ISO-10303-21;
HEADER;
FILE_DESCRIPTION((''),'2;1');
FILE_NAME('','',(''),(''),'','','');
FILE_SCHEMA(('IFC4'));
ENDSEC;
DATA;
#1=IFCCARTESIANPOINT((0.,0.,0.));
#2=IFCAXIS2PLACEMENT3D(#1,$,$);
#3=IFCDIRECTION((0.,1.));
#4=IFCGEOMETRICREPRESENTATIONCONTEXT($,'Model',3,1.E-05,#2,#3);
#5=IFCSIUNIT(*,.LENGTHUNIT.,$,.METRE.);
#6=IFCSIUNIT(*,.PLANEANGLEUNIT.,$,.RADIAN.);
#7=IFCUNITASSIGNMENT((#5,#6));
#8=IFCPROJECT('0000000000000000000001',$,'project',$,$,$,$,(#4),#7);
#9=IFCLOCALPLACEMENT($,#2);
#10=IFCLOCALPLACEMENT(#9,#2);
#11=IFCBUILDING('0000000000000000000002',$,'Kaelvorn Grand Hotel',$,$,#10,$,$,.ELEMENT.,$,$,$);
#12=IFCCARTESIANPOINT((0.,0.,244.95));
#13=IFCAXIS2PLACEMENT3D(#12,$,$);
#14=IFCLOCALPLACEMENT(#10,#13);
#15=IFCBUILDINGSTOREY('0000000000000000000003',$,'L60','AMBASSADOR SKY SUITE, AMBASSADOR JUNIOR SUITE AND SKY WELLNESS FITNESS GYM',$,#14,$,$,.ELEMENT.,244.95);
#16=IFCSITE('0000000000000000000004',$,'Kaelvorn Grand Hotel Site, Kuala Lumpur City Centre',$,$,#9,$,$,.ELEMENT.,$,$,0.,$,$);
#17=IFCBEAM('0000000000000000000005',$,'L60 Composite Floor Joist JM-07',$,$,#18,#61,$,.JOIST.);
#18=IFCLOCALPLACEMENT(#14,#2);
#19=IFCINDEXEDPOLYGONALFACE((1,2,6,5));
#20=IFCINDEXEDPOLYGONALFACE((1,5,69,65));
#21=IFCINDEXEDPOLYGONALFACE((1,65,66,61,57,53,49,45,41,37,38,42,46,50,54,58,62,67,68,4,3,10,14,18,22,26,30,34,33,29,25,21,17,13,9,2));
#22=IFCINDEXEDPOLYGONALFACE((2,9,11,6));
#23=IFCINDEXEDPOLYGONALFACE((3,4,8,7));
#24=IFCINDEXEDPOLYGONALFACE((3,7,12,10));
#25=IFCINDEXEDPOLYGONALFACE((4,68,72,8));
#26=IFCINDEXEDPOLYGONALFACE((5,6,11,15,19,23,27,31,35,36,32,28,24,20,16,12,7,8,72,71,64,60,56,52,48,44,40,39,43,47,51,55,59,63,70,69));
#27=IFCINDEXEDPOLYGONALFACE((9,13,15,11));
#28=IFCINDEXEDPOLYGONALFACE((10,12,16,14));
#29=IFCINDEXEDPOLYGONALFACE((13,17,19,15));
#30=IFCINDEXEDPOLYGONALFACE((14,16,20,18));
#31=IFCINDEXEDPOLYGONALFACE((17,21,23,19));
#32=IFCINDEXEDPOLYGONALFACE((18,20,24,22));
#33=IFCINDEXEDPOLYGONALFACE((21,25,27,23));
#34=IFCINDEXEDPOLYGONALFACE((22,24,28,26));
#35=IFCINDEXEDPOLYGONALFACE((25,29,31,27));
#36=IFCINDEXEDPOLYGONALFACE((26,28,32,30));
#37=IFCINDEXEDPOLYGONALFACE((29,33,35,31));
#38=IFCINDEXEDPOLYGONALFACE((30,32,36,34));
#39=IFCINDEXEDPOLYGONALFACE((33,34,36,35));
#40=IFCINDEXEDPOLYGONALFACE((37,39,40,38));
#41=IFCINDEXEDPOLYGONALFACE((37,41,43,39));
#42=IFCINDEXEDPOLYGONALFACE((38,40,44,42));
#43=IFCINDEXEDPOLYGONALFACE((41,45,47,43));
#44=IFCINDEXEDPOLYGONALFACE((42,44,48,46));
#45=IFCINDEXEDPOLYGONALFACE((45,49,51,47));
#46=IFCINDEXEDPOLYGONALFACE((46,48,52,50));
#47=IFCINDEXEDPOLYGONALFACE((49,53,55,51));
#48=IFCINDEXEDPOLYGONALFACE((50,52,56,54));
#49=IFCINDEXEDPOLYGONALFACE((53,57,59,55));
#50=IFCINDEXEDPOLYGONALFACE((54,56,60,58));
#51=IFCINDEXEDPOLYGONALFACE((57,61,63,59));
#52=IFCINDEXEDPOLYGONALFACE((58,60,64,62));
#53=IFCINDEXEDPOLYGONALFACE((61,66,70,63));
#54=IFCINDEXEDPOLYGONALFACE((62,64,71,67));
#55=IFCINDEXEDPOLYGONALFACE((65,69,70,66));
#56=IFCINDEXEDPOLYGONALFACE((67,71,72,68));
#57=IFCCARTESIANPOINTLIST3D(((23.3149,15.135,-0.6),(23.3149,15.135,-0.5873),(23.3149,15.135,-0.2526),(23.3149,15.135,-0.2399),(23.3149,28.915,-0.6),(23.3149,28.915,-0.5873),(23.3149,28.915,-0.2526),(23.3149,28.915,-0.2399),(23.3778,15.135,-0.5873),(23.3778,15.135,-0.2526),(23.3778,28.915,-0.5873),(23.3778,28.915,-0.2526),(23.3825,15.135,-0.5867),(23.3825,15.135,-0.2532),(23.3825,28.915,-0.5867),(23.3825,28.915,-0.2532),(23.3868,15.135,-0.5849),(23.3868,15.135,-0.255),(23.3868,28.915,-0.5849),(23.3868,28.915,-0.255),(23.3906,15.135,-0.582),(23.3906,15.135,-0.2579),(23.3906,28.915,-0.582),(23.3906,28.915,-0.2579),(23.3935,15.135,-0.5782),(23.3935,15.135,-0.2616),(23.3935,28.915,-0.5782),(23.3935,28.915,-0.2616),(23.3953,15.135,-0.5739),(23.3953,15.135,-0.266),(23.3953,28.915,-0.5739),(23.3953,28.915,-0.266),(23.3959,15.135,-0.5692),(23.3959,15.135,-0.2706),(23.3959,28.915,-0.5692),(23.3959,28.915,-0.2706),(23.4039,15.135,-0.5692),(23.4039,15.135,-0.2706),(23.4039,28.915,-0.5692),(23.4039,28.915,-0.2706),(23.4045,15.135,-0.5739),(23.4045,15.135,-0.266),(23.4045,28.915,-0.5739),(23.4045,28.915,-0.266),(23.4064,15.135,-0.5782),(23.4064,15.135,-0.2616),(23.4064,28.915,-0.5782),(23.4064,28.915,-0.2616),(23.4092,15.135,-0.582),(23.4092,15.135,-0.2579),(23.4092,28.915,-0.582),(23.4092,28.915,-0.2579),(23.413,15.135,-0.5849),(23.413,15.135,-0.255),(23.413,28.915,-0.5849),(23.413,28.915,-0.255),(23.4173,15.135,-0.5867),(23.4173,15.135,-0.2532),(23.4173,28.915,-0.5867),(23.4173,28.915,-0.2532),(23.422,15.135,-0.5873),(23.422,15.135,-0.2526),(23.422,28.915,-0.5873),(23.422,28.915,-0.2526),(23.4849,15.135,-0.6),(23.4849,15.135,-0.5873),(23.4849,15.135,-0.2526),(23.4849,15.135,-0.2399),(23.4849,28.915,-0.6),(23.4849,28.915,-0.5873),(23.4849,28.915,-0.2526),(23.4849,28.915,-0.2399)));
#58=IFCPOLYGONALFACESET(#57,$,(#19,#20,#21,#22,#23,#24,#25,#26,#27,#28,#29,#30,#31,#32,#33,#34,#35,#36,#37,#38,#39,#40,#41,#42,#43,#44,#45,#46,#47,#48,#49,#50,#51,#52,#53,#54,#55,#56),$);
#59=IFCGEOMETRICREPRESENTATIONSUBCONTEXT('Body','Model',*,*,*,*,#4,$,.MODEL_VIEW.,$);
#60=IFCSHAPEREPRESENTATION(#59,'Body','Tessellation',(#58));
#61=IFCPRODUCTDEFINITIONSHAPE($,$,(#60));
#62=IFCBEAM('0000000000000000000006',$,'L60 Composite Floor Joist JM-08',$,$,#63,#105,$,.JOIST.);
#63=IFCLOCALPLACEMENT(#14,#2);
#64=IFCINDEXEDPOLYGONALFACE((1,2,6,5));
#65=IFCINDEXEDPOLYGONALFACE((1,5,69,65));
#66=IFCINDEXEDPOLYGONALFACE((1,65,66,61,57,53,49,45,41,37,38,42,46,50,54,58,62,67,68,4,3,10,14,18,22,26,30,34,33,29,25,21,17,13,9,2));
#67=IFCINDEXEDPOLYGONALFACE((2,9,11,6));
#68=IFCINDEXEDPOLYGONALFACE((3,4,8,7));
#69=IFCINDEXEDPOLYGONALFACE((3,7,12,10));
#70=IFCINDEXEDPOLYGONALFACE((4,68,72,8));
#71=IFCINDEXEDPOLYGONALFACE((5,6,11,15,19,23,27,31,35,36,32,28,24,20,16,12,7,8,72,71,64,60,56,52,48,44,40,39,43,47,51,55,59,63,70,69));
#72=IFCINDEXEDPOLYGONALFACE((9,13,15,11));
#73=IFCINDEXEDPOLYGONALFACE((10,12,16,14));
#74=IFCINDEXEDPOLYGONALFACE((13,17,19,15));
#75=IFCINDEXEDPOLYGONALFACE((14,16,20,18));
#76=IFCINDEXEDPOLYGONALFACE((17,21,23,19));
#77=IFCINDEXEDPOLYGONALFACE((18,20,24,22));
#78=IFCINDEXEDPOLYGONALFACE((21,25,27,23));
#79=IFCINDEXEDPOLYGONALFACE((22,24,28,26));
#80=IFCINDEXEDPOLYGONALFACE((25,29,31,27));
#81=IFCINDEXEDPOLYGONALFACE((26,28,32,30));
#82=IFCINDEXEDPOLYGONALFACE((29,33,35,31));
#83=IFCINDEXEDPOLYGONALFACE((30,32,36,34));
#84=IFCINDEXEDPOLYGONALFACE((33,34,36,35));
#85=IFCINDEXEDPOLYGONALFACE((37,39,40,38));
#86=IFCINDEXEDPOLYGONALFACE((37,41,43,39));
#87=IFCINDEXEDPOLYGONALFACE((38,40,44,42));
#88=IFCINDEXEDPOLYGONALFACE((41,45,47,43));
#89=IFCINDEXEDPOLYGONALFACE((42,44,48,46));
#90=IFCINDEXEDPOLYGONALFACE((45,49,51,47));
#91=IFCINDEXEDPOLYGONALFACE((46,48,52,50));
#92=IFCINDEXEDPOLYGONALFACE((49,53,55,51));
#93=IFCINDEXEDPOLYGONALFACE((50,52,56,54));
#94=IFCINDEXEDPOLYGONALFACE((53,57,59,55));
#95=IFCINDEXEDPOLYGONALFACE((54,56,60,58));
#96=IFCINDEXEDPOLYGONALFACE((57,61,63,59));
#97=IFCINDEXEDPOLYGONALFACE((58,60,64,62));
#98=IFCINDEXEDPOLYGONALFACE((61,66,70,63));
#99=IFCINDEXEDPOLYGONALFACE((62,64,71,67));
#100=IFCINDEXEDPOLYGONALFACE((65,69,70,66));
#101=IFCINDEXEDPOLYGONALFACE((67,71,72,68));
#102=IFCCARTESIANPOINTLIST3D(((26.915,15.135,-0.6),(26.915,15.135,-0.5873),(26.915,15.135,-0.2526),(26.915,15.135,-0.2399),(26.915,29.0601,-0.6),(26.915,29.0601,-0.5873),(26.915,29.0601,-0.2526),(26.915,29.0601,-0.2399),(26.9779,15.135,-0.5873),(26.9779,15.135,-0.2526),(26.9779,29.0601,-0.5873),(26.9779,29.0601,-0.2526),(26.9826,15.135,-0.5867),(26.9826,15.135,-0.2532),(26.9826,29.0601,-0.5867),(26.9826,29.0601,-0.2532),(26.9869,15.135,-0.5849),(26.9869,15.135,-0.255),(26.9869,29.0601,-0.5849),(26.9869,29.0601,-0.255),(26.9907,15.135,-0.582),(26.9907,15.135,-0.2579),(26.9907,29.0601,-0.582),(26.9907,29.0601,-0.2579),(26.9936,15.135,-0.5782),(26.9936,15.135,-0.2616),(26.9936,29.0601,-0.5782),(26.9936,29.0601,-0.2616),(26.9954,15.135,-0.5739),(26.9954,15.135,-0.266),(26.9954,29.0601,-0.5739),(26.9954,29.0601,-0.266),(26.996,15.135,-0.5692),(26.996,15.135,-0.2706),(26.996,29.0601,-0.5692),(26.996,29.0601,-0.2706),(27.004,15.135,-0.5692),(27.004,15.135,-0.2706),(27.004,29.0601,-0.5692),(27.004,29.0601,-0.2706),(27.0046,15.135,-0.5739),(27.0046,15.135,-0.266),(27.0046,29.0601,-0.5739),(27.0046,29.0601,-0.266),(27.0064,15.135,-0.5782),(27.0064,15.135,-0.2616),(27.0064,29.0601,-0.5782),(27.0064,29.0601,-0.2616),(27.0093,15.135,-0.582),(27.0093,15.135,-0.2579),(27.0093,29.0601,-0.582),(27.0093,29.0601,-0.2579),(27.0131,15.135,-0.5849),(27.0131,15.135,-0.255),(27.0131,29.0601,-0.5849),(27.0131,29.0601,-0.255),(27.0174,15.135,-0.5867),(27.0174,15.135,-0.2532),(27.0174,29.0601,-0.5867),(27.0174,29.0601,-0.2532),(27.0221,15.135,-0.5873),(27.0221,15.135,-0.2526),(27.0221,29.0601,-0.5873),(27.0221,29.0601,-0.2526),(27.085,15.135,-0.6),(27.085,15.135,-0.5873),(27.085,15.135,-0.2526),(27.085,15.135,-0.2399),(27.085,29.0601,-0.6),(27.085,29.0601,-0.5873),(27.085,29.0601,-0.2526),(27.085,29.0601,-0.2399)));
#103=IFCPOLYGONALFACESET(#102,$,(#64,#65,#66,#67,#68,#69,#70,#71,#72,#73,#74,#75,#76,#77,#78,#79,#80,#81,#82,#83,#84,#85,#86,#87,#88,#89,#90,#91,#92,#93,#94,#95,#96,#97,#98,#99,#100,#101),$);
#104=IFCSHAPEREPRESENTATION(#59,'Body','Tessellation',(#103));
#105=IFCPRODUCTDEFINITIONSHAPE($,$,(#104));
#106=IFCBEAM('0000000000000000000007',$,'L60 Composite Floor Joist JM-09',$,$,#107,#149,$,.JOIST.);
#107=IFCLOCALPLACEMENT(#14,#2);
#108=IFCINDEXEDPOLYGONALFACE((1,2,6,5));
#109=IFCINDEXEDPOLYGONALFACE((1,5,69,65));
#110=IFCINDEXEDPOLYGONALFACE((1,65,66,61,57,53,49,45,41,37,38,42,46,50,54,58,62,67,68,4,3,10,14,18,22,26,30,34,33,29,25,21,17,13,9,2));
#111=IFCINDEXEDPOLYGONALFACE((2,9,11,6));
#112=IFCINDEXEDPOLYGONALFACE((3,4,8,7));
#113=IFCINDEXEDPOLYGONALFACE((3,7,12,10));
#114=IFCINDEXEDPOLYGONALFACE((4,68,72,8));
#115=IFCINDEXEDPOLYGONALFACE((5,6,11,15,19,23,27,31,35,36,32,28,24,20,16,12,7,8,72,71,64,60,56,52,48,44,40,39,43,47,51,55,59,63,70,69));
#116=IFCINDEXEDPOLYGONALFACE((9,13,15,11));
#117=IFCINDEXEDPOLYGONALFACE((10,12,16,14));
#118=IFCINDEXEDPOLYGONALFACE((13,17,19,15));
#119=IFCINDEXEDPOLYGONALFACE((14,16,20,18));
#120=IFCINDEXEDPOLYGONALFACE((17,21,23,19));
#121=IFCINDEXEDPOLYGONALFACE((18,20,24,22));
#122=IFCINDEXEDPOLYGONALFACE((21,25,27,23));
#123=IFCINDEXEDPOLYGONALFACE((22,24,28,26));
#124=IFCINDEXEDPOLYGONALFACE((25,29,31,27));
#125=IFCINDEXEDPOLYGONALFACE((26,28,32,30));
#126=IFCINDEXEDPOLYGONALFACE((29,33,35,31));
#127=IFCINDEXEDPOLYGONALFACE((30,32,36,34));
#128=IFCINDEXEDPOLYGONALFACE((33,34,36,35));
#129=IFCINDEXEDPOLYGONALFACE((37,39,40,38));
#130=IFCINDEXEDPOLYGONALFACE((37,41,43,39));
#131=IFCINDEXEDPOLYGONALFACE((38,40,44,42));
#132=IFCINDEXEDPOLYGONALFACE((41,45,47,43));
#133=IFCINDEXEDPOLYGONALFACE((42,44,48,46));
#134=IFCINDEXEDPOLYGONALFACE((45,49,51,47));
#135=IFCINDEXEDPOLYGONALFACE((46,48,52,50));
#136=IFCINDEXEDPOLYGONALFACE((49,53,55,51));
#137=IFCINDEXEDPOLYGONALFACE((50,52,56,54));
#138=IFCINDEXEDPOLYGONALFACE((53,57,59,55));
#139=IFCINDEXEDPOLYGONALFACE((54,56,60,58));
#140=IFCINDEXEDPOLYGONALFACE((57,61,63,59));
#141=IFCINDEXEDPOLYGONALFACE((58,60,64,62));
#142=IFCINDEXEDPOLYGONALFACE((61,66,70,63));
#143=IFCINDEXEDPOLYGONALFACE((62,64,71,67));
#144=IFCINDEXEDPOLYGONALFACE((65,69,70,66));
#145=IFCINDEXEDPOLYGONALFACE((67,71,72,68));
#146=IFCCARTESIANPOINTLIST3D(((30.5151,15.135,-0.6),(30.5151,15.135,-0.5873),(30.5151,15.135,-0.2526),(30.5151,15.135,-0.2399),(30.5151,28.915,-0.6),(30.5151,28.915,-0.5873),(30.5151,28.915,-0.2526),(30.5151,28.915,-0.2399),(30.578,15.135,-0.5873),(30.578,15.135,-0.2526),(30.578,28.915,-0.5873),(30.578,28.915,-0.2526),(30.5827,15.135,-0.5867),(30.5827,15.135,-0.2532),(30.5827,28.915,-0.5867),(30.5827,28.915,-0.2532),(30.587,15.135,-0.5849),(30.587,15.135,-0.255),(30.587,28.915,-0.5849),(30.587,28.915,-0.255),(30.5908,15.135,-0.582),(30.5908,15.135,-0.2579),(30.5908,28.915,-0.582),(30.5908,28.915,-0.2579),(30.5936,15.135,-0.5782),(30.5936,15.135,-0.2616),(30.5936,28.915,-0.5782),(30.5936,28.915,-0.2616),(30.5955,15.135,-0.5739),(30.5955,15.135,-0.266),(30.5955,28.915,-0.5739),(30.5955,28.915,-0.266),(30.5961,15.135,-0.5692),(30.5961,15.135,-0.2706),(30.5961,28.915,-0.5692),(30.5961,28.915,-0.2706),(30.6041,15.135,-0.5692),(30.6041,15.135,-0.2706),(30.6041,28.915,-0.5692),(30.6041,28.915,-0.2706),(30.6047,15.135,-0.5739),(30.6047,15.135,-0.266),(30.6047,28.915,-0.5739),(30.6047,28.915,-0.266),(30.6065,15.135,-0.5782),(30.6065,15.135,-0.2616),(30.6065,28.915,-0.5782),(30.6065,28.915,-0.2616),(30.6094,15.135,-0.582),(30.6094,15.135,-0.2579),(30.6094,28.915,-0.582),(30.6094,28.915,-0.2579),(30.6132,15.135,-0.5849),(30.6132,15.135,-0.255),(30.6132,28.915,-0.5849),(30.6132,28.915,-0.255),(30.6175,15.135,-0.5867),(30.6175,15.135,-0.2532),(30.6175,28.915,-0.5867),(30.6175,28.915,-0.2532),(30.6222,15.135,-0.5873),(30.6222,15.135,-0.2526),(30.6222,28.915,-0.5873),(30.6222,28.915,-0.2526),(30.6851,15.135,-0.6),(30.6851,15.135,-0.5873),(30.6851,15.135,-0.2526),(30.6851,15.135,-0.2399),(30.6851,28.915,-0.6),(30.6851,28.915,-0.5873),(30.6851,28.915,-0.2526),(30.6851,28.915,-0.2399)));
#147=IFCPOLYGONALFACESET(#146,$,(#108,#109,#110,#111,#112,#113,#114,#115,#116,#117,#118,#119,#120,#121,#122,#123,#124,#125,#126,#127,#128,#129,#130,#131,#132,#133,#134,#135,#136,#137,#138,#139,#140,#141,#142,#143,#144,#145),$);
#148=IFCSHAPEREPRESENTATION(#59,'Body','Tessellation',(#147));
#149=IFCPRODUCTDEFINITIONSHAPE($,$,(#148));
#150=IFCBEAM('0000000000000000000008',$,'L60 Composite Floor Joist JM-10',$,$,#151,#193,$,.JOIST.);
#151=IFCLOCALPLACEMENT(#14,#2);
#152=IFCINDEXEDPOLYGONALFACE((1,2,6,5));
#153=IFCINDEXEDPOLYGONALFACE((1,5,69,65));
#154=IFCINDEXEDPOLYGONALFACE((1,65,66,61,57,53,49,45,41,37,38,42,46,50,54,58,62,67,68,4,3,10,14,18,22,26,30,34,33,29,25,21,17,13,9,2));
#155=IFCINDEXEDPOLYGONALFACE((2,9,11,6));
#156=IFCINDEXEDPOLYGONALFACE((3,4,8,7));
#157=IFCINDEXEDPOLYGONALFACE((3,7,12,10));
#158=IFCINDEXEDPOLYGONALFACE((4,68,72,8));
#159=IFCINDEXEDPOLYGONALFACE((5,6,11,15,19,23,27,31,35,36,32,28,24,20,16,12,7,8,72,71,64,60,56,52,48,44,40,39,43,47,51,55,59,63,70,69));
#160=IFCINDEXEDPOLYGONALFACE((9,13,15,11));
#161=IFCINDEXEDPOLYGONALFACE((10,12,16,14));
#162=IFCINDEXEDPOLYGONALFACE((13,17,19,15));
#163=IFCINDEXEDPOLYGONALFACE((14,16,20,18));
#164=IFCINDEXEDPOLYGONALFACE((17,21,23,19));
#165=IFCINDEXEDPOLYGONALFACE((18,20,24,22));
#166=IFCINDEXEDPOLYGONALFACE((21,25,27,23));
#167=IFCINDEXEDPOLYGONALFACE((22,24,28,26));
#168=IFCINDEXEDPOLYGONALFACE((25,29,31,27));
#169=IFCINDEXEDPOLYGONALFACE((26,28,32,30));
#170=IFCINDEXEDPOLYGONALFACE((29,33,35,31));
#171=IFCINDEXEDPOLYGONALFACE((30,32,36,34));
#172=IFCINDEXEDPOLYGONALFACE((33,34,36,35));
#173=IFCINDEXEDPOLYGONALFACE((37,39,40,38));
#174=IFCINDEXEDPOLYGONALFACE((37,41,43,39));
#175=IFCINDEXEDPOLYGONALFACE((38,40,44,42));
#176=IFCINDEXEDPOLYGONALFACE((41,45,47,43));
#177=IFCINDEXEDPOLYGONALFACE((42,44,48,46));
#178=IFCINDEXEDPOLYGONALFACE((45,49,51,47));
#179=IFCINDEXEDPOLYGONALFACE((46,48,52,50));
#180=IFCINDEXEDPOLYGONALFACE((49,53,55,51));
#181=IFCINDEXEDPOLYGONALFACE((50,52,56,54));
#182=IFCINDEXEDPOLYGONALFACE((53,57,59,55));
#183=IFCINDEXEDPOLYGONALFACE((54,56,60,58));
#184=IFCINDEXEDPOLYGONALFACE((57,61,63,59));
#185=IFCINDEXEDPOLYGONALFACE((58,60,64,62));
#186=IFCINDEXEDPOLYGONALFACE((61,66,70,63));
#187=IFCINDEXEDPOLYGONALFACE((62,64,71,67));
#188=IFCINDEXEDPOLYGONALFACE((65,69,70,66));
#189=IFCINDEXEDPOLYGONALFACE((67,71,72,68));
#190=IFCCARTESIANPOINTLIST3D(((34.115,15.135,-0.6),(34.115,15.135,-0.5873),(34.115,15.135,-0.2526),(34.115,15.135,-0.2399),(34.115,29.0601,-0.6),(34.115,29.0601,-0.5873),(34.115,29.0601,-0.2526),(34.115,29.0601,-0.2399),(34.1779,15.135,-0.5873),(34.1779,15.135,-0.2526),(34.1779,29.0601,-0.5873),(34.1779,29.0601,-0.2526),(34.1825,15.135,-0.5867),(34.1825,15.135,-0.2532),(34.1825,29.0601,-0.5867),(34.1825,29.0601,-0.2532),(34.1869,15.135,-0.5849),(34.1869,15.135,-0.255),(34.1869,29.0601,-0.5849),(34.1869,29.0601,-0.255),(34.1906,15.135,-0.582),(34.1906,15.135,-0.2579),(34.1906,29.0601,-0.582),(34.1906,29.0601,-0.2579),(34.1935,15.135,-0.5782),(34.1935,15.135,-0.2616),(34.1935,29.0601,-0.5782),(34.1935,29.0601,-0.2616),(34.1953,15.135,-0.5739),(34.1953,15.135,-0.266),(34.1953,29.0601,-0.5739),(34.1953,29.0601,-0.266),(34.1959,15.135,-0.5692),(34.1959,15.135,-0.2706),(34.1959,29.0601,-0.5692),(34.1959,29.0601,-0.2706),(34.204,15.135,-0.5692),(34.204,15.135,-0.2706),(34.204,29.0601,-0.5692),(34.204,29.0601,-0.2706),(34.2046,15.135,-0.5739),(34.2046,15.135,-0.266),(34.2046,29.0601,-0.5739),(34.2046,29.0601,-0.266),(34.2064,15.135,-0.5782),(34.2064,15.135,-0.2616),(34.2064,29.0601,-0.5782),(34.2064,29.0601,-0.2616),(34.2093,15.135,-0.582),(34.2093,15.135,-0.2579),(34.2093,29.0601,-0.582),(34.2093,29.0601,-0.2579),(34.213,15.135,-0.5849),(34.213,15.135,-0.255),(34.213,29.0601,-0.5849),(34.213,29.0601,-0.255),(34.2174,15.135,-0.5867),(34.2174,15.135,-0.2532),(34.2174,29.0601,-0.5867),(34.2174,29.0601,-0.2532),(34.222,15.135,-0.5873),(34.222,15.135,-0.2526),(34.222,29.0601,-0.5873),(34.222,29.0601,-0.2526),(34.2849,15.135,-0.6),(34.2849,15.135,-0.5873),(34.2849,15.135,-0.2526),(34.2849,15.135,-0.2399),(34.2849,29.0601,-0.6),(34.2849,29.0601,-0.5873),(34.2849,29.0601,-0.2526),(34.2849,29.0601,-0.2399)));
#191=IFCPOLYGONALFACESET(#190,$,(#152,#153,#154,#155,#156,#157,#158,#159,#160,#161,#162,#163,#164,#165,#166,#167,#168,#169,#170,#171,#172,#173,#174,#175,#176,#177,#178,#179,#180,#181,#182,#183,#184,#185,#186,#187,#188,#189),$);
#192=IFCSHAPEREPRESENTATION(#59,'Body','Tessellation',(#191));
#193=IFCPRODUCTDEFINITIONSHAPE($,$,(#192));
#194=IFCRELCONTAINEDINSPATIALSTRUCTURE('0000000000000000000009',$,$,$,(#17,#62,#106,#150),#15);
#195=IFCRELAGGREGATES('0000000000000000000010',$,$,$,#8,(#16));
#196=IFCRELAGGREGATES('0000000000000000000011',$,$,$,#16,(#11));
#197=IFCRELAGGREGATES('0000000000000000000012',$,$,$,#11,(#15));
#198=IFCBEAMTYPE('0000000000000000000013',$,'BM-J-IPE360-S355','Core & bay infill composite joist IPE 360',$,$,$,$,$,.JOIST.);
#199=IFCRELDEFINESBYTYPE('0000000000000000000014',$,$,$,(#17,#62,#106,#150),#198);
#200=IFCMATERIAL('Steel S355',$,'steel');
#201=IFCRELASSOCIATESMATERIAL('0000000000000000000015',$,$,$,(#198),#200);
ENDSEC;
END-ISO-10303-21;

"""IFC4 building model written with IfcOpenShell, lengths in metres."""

from ifc_helpers import new_model, si_unit, direction, frame, origin, origin_2d, place, context, subcontext, project, spatial, i_section, extrude, material, material_profile, profile_set, type_object, element, save


model = new_model("IFC4")

# Units and contexts
model_context = context("Model", 3, precision=1e-05, world=origin(), true_north=direction((0.0, 1.0)))
body_context = subcontext(model_context, "Body", "Model", "MODEL_VIEW")
ifc_project = project(units=[si_unit("LENGTHUNIT", "METRE"), si_unit("PLANEANGLEUNIT", "RADIAN")], contexts=[model_context])

# Site, building, storey
site_placement = place(None, origin())
site = spatial("IfcSite", under=ifc_project, at=site_placement, Name="Kaelvorn Grand Hotel Site, Kuala Lumpur City Centre", CompositionType="ELEMENT", RefElevation=0.0)
building_placement = place(site_placement, origin())
building = spatial("IfcBuilding", under=site, at=building_placement, Name="Kaelvorn Grand Hotel", CompositionType="ELEMENT")
storey_placement = place(building_placement, frame((0.0, 0.0, 244.95)))
storey = spatial("IfcBuildingStorey", under=building, at=storey_placement, Name="L60", Description="AMBASSADOR SKY SUITE, AMBASSADOR JUNIOR SUITE AND SKY WELLNESS FITNESS GYM", CompositionType="ELEMENT", Elevation=244.95)

# Beams
ifc_material_1 = material(Name="Steel S355", Category="steel")
ifc_material_profile_1 = material_profile(ifc_material_1, i_section(OverallWidth=0.1699, OverallDepth=0.3601, WebThickness=0.0081, FlangeThickness=0.0127, FilletRadius=0.0181, at=origin_2d()), Name="IPE 360")
ifc_profile_set_1 = profile_set([ifc_material_profile_1], Name="Steel S355")
beam_type_1 = type_object("IfcBeamType", Name="BM-J-IPE360-S355", Description="Core & bay infill composite joist IPE 360", PredefinedType="JOIST", material=ifc_profile_set_1)
beam_1_placement = place(storey_placement, frame((23.3999, 15.135, -0.4199), z_axis=(0.0, 1.0, 0.0), x_axis=(-1.0, 0.0, 0.0)))
element("IfcBeam", 1, at=beam_1_placement, inside=storey, type_object=beam_type_1, Name="L60 Composite Floor Joist JM-07", PredefinedType="JOIST", context=body_context, shape_type="SweptSolid", body=[
    extrude(i_section(OverallWidth=0.1699, OverallDepth=0.3601, WebThickness=0.0081, FlangeThickness=0.0127, FilletRadius=0.0181, at=origin_2d()), origin(), (0.0, 0.0, 1.0), 13.78),
])
beam_2_placement = place(storey_placement, frame((27.0, 15.135, -0.4199), z_axis=(0.0, 1.0, 0.0), x_axis=(-1.0, 0.0, 0.0)))
element("IfcBeam", 2, at=beam_2_placement, inside=storey, type_object=beam_type_1, Name="L60 Composite Floor Joist JM-08", PredefinedType="JOIST", context=body_context, shape_type="SweptSolid", body=[
    extrude(i_section(OverallWidth=0.1699, OverallDepth=0.3601, WebThickness=0.0081, FlangeThickness=0.0127, FilletRadius=0.0181, at=origin_2d()), origin(), (0.0, 0.0, 1.0), 13.925),
])
beam_3_placement = place(storey_placement, frame((30.6001, 15.135, -0.4199), z_axis=(0.0, 1.0, 0.0), x_axis=(-1.0, 0.0, 0.0)))
element("IfcBeam", 3, at=beam_3_placement, inside=storey, type_object=beam_type_1, Name="L60 Composite Floor Joist JM-09", PredefinedType="JOIST", context=body_context, shape_type="SweptSolid", body=[
    extrude(i_section(OverallWidth=0.1699, OverallDepth=0.3601, WebThickness=0.0081, FlangeThickness=0.0127, FilletRadius=0.0181, at=origin_2d()), origin(), (0.0, 0.0, 1.0), 13.78),
])
beam_4_placement = place(storey_placement, frame((34.2, 15.135, -0.4199), z_axis=(0.0, 1.0, 0.0), x_axis=(-1.0, 0.0, 0.0)))
element("IfcBeam", 4, at=beam_4_placement, inside=storey, type_object=beam_type_1, Name="L60 Composite Floor Joist JM-10", PredefinedType="JOIST", context=body_context, shape_type="SweptSolid", body=[
    extrude(i_section(OverallWidth=0.1699, OverallDepth=0.3601, WebThickness=0.0081, FlangeThickness=0.0127, FilletRadius=0.0181, at=origin_2d()), origin(), (0.0, 0.0, 1.0), 13.925),
])

save(model, "model.ifc")
